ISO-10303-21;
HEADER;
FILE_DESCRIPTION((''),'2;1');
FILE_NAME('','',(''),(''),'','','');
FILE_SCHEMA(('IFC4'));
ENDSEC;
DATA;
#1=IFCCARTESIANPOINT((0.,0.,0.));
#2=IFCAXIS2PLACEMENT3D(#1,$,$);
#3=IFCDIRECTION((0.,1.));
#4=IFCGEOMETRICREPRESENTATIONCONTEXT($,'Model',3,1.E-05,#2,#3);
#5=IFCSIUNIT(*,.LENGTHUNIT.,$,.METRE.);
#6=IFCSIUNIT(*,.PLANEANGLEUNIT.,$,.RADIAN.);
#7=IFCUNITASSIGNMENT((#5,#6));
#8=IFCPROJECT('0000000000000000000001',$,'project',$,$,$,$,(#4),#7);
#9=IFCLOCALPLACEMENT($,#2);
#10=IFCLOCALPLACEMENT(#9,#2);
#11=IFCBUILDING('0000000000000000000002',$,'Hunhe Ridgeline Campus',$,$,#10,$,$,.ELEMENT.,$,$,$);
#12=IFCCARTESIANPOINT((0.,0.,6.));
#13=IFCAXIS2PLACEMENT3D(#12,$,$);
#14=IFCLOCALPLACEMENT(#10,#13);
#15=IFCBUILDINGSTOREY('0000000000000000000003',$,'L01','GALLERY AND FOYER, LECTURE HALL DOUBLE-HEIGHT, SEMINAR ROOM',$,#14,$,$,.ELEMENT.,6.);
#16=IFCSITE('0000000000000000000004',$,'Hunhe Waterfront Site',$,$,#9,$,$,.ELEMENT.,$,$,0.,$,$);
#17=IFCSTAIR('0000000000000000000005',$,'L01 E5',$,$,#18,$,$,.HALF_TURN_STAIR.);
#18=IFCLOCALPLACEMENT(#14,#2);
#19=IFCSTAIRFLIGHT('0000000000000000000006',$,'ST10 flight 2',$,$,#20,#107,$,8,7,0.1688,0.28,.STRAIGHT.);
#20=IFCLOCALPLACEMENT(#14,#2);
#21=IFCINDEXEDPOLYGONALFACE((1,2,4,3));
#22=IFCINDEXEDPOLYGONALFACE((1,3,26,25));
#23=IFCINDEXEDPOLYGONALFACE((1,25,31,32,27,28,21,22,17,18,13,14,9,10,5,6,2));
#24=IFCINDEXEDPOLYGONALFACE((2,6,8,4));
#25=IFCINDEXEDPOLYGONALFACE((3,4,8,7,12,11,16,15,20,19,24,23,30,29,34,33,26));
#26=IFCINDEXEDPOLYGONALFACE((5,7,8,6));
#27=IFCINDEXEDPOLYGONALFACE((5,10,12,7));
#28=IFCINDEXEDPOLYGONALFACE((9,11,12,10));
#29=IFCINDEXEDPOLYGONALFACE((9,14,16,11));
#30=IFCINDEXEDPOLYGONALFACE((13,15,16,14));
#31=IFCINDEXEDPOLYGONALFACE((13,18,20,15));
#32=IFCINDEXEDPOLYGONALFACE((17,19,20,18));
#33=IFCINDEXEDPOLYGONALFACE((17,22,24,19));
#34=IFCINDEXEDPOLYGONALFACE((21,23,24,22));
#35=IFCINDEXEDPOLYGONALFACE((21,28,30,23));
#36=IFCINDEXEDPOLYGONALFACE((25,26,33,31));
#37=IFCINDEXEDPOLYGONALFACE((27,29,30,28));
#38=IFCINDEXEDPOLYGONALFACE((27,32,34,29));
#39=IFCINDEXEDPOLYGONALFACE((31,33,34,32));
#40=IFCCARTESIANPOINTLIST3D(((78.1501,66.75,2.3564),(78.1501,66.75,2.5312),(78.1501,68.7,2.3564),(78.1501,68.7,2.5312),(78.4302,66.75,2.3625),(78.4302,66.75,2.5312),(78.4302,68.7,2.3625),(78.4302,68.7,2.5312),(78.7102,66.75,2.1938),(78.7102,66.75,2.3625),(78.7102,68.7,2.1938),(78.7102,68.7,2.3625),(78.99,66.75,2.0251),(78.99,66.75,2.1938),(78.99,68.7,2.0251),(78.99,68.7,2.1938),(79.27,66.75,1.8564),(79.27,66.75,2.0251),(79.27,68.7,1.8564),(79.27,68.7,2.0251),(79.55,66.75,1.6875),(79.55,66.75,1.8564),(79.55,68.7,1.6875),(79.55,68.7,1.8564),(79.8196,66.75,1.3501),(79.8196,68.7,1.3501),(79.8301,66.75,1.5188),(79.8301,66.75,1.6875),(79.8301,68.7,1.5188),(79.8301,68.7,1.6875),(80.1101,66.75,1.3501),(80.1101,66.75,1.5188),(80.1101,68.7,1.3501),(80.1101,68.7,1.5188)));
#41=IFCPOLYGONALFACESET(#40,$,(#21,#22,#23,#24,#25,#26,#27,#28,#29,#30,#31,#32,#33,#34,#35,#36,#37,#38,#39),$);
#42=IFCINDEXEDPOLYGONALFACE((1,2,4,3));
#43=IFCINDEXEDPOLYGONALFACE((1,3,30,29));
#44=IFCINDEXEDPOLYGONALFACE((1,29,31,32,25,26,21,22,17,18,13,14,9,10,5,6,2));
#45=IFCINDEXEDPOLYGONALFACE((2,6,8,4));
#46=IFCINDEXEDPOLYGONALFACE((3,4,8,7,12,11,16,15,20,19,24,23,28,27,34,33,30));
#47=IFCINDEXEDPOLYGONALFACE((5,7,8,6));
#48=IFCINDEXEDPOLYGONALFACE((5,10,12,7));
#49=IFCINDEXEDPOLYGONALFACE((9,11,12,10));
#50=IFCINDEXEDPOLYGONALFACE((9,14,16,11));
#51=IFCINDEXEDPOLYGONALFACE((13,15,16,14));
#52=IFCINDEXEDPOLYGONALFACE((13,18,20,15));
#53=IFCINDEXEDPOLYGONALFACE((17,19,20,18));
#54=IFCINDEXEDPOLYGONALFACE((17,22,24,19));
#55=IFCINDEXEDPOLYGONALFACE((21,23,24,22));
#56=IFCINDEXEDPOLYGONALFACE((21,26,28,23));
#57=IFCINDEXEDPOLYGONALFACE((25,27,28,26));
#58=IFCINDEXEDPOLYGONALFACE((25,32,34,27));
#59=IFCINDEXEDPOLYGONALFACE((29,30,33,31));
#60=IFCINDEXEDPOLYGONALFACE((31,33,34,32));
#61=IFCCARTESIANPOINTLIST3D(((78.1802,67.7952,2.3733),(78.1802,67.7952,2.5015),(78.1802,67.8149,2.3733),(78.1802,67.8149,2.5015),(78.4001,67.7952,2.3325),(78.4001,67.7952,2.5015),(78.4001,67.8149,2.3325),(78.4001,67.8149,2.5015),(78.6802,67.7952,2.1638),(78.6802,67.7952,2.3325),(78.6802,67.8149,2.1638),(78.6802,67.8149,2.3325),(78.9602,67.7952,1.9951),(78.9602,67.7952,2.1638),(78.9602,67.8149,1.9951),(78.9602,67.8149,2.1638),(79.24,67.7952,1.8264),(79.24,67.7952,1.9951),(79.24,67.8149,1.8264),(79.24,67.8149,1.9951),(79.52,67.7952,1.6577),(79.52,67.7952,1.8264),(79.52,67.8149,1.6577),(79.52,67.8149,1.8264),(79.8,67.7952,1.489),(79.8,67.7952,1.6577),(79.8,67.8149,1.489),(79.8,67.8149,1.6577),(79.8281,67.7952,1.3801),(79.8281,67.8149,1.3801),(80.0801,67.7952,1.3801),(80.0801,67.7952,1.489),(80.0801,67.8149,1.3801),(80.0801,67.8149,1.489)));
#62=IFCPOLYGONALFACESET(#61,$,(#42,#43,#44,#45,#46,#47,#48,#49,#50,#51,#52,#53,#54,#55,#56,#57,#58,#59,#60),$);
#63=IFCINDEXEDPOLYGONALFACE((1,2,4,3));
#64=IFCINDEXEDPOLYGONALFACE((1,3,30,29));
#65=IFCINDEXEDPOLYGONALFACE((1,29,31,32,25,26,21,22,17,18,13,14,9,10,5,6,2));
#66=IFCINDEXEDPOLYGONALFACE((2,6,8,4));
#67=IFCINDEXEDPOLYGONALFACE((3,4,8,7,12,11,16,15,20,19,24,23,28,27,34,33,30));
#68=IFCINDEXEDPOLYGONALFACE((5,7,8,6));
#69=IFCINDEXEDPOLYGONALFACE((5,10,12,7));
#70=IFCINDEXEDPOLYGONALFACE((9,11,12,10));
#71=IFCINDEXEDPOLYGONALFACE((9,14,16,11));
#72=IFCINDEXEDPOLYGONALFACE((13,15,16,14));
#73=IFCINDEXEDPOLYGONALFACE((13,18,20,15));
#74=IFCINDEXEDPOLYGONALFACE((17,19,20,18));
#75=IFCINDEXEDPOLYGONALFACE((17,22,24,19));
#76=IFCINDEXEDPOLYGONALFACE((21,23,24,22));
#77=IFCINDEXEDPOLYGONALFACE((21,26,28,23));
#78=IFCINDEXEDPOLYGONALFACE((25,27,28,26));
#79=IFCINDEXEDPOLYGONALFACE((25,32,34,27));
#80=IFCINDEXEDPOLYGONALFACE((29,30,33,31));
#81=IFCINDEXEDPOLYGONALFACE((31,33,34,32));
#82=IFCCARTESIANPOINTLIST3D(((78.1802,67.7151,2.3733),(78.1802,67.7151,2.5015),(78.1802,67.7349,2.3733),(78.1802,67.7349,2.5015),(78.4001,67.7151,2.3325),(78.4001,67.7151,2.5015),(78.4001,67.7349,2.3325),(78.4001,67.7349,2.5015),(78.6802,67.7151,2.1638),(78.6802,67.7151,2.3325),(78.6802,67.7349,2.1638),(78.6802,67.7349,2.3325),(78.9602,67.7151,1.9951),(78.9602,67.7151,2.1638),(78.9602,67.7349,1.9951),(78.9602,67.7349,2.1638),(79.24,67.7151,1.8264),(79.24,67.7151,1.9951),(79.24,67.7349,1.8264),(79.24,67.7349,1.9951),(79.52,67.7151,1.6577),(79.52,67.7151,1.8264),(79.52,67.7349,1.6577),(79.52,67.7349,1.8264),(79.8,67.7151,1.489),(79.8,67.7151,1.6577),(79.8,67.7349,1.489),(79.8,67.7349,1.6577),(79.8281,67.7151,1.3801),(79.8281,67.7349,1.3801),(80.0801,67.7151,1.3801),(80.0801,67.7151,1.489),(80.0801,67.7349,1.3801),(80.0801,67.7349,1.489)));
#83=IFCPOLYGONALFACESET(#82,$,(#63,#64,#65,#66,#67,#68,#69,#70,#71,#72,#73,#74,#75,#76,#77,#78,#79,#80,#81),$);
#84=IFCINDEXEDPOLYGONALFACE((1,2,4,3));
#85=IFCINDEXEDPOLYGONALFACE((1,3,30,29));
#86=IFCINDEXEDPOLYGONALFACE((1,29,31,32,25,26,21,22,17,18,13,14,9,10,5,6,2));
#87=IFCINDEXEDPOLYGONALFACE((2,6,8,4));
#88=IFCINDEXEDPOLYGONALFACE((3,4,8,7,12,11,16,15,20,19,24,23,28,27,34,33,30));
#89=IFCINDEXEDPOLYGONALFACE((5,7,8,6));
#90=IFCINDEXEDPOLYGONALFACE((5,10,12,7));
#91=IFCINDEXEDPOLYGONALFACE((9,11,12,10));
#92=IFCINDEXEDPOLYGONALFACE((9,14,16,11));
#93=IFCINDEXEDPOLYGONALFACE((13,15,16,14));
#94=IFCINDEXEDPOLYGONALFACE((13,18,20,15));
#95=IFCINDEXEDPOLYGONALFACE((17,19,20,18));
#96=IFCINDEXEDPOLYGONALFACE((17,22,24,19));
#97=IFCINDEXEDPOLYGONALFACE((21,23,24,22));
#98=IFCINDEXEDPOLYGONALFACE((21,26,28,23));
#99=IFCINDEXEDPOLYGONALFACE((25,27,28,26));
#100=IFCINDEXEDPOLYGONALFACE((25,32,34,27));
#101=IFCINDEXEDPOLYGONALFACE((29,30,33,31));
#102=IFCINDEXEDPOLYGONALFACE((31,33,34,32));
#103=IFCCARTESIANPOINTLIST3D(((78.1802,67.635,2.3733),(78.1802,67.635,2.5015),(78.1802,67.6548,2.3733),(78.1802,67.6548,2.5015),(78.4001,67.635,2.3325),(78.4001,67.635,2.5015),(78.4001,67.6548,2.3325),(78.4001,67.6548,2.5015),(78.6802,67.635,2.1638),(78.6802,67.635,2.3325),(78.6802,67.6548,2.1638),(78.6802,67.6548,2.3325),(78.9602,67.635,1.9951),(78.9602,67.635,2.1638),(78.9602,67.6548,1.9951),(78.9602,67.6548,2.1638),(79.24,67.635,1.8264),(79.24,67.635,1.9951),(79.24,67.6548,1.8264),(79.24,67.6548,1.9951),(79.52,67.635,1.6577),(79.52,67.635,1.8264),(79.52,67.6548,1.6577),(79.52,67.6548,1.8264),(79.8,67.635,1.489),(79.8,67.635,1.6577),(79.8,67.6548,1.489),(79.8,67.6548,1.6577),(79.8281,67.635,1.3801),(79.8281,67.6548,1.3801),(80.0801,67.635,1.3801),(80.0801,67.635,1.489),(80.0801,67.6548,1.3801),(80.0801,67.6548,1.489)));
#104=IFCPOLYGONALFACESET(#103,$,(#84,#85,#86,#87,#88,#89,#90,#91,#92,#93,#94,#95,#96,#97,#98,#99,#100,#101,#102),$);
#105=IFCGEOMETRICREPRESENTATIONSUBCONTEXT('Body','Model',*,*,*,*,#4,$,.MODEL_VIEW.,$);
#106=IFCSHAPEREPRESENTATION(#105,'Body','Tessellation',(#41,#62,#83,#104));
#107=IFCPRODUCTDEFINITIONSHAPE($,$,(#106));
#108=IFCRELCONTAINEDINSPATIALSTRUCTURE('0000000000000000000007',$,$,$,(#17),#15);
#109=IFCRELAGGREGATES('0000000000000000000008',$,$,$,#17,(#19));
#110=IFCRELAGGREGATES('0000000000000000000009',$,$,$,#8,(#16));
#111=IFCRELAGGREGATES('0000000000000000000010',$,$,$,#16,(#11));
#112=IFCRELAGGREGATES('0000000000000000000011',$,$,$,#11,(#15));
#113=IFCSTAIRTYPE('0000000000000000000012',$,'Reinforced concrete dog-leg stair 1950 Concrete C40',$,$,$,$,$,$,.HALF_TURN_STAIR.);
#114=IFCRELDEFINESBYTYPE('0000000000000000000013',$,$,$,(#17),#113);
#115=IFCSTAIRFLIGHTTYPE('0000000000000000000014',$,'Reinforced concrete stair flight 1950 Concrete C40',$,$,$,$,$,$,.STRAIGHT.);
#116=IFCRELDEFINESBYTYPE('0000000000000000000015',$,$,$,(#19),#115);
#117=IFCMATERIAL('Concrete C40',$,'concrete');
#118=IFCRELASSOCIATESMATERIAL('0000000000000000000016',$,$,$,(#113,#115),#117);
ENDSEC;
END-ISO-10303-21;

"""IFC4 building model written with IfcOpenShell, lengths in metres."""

from ifc_helpers import new_model, si_unit, direction, frame, origin, place, context, subcontext, project, spatial, polyline, outline, extrude, material, type_object, element, aggregate, save


model = new_model("IFC4")

# Units and contexts
model_context = context("Model", 3, precision=1e-05, world=origin(), true_north=direction((0.0, 1.0)))
body_context = subcontext(model_context, "Body", "Model", "MODEL_VIEW")
ifc_project = project(units=[si_unit("LENGTHUNIT", "METRE"), si_unit("PLANEANGLEUNIT", "RADIAN")], contexts=[model_context])

# Site, building, storey
site_placement = place(None, origin())
site = spatial("IfcSite", under=ifc_project, at=site_placement, Name="Hunhe Waterfront Site", CompositionType="ELEMENT", RefElevation=0.0)
building_placement = place(site_placement, origin())
building = spatial("IfcBuilding", under=site, at=building_placement, Name="Hunhe Ridgeline Campus", CompositionType="ELEMENT")
storey_placement = place(building_placement, frame((0.0, 0.0, 6.0)))
storey = spatial("IfcBuildingStorey", under=building, at=storey_placement, Name="L01", Description="GALLERY AND FOYER, LECTURE HALL DOUBLE-HEIGHT, SEMINAR ROOM", CompositionType="ELEMENT", Elevation=6.0)

# Shared definitions
ifc_material_1 = material(Name="Concrete C40", Category="concrete")

# Stair, stair flight
stair_type = type_object("IfcStairType", Name="Reinforced concrete dog-leg stair 1950 Concrete C40", PredefinedType="HALF_TURN_STAIR", material=ifc_material_1)
stair_placement = place(storey_placement, origin())
stair = element("IfcStair", 1, at=stair_placement, inside=storey, type_object=stair_type, Name="L01 E5", PredefinedType="HALF_TURN_STAIR")
stair_flight_type = type_object("IfcStairFlightType", Name="Reinforced concrete stair flight 1950 Concrete C40", PredefinedType="STRAIGHT", material=ifc_material_1)
stair_flight_1_placement = place(storey_placement, frame((80.1101, 67.7251, 1.3501), z_axis=(0.0, 0.0, 1.0), x_axis=(-1.0, 0.0, 0.0)))
stair_flight_1 = element("IfcStairFlight", 2, at=stair_flight_1_placement, type_object=stair_flight_type, Name="ST10 flight 2", NumberOfRisers=8, NumberOfTreads=7, PredefinedType="STRAIGHT", RiserHeight=0.1688, TreadLength=0.28, context=body_context, shape_type="SweptSolid", body=[
    extrude(outline(polyline([(0.0, 0.0), (0.0, 0.1687), (0.28, 0.1687), (0.28, 0.3374), (0.5601, 0.3374), (0.5601, 0.5063), (0.8401, 0.5063), (0.8401, 0.675), (1.1201, 0.675), (1.1201, 0.8438), (1.3999, 0.8438), (1.3999, 1.0125), (1.6799, 1.0125), (1.6799, 1.1812), (1.96, 1.1812), (1.96, 1.3501), (1.96, 1.0063), (0.2905, 0.0), (0.0, 0.0)])), frame((0.0, 0.9751, 0.0), z_axis=(0.0, -1.0, 0.0), x_axis=(1.0, 0.0, 0.0)), (0.0, 0.0, 1.0), 1.95),
    extrude(outline(polyline([(0.03, 0.03), (0.03, 0.1389), (0.3101, 0.1389), (0.3101, 0.3076), (0.5901, 0.3076), (0.5901, 0.4763), (0.8701, 0.4763), (0.8701, 0.645), (1.1499, 0.645), (1.1499, 0.8137), (1.4299, 0.8137), (1.4299, 0.9824), (1.71, 0.9824), (1.71, 1.1514), (1.9299, 1.1514), (1.9299, 1.0232), (0.282, 0.03), (0.03, 0.03)])), frame((0.0, -0.0701, 0.0), z_axis=(0.0, -1.0, 0.0), x_axis=(1.0, 0.0, 0.0)), (0.0, 0.0, 1.0), 0.0198),
    extrude(outline(polyline([(0.03, 0.03), (0.03, 0.1389), (0.3101, 0.1389), (0.3101, 0.3076), (0.5901, 0.3076), (0.5901, 0.4763), (0.8701, 0.4763), (0.8701, 0.645), (1.1499, 0.645), (1.1499, 0.8137), (1.4299, 0.8137), (1.4299, 0.9824), (1.71, 0.9824), (1.71, 1.1514), (1.9299, 1.1514), (1.9299, 1.0232), (0.282, 0.03), (0.03, 0.03)])), frame((0.0, 0.01, 0.0), z_axis=(0.0, -1.0, 0.0), x_axis=(1.0, 0.0, 0.0)), (0.0, 0.0, 1.0), 0.0198),
    extrude(outline(polyline([(0.03, 0.03), (0.03, 0.1389), (0.3101, 0.1389), (0.3101, 0.3076), (0.5901, 0.3076), (0.5901, 0.4763), (0.8701, 0.4763), (0.8701, 0.645), (1.1499, 0.645), (1.1499, 0.8137), (1.4299, 0.8137), (1.4299, 0.9824), (1.71, 0.9824), (1.71, 1.1514), (1.9299, 1.1514), (1.9299, 1.0232), (0.282, 0.03), (0.03, 0.03)])), frame((0.0, 0.0901, 0.0), z_axis=(0.0, -1.0, 0.0), x_axis=(1.0, 0.0, 0.0)), (0.0, 0.0, 1.0), 0.0198),
])
aggregate(stair, [stair_flight_1])

save(model, "model.ifc")
